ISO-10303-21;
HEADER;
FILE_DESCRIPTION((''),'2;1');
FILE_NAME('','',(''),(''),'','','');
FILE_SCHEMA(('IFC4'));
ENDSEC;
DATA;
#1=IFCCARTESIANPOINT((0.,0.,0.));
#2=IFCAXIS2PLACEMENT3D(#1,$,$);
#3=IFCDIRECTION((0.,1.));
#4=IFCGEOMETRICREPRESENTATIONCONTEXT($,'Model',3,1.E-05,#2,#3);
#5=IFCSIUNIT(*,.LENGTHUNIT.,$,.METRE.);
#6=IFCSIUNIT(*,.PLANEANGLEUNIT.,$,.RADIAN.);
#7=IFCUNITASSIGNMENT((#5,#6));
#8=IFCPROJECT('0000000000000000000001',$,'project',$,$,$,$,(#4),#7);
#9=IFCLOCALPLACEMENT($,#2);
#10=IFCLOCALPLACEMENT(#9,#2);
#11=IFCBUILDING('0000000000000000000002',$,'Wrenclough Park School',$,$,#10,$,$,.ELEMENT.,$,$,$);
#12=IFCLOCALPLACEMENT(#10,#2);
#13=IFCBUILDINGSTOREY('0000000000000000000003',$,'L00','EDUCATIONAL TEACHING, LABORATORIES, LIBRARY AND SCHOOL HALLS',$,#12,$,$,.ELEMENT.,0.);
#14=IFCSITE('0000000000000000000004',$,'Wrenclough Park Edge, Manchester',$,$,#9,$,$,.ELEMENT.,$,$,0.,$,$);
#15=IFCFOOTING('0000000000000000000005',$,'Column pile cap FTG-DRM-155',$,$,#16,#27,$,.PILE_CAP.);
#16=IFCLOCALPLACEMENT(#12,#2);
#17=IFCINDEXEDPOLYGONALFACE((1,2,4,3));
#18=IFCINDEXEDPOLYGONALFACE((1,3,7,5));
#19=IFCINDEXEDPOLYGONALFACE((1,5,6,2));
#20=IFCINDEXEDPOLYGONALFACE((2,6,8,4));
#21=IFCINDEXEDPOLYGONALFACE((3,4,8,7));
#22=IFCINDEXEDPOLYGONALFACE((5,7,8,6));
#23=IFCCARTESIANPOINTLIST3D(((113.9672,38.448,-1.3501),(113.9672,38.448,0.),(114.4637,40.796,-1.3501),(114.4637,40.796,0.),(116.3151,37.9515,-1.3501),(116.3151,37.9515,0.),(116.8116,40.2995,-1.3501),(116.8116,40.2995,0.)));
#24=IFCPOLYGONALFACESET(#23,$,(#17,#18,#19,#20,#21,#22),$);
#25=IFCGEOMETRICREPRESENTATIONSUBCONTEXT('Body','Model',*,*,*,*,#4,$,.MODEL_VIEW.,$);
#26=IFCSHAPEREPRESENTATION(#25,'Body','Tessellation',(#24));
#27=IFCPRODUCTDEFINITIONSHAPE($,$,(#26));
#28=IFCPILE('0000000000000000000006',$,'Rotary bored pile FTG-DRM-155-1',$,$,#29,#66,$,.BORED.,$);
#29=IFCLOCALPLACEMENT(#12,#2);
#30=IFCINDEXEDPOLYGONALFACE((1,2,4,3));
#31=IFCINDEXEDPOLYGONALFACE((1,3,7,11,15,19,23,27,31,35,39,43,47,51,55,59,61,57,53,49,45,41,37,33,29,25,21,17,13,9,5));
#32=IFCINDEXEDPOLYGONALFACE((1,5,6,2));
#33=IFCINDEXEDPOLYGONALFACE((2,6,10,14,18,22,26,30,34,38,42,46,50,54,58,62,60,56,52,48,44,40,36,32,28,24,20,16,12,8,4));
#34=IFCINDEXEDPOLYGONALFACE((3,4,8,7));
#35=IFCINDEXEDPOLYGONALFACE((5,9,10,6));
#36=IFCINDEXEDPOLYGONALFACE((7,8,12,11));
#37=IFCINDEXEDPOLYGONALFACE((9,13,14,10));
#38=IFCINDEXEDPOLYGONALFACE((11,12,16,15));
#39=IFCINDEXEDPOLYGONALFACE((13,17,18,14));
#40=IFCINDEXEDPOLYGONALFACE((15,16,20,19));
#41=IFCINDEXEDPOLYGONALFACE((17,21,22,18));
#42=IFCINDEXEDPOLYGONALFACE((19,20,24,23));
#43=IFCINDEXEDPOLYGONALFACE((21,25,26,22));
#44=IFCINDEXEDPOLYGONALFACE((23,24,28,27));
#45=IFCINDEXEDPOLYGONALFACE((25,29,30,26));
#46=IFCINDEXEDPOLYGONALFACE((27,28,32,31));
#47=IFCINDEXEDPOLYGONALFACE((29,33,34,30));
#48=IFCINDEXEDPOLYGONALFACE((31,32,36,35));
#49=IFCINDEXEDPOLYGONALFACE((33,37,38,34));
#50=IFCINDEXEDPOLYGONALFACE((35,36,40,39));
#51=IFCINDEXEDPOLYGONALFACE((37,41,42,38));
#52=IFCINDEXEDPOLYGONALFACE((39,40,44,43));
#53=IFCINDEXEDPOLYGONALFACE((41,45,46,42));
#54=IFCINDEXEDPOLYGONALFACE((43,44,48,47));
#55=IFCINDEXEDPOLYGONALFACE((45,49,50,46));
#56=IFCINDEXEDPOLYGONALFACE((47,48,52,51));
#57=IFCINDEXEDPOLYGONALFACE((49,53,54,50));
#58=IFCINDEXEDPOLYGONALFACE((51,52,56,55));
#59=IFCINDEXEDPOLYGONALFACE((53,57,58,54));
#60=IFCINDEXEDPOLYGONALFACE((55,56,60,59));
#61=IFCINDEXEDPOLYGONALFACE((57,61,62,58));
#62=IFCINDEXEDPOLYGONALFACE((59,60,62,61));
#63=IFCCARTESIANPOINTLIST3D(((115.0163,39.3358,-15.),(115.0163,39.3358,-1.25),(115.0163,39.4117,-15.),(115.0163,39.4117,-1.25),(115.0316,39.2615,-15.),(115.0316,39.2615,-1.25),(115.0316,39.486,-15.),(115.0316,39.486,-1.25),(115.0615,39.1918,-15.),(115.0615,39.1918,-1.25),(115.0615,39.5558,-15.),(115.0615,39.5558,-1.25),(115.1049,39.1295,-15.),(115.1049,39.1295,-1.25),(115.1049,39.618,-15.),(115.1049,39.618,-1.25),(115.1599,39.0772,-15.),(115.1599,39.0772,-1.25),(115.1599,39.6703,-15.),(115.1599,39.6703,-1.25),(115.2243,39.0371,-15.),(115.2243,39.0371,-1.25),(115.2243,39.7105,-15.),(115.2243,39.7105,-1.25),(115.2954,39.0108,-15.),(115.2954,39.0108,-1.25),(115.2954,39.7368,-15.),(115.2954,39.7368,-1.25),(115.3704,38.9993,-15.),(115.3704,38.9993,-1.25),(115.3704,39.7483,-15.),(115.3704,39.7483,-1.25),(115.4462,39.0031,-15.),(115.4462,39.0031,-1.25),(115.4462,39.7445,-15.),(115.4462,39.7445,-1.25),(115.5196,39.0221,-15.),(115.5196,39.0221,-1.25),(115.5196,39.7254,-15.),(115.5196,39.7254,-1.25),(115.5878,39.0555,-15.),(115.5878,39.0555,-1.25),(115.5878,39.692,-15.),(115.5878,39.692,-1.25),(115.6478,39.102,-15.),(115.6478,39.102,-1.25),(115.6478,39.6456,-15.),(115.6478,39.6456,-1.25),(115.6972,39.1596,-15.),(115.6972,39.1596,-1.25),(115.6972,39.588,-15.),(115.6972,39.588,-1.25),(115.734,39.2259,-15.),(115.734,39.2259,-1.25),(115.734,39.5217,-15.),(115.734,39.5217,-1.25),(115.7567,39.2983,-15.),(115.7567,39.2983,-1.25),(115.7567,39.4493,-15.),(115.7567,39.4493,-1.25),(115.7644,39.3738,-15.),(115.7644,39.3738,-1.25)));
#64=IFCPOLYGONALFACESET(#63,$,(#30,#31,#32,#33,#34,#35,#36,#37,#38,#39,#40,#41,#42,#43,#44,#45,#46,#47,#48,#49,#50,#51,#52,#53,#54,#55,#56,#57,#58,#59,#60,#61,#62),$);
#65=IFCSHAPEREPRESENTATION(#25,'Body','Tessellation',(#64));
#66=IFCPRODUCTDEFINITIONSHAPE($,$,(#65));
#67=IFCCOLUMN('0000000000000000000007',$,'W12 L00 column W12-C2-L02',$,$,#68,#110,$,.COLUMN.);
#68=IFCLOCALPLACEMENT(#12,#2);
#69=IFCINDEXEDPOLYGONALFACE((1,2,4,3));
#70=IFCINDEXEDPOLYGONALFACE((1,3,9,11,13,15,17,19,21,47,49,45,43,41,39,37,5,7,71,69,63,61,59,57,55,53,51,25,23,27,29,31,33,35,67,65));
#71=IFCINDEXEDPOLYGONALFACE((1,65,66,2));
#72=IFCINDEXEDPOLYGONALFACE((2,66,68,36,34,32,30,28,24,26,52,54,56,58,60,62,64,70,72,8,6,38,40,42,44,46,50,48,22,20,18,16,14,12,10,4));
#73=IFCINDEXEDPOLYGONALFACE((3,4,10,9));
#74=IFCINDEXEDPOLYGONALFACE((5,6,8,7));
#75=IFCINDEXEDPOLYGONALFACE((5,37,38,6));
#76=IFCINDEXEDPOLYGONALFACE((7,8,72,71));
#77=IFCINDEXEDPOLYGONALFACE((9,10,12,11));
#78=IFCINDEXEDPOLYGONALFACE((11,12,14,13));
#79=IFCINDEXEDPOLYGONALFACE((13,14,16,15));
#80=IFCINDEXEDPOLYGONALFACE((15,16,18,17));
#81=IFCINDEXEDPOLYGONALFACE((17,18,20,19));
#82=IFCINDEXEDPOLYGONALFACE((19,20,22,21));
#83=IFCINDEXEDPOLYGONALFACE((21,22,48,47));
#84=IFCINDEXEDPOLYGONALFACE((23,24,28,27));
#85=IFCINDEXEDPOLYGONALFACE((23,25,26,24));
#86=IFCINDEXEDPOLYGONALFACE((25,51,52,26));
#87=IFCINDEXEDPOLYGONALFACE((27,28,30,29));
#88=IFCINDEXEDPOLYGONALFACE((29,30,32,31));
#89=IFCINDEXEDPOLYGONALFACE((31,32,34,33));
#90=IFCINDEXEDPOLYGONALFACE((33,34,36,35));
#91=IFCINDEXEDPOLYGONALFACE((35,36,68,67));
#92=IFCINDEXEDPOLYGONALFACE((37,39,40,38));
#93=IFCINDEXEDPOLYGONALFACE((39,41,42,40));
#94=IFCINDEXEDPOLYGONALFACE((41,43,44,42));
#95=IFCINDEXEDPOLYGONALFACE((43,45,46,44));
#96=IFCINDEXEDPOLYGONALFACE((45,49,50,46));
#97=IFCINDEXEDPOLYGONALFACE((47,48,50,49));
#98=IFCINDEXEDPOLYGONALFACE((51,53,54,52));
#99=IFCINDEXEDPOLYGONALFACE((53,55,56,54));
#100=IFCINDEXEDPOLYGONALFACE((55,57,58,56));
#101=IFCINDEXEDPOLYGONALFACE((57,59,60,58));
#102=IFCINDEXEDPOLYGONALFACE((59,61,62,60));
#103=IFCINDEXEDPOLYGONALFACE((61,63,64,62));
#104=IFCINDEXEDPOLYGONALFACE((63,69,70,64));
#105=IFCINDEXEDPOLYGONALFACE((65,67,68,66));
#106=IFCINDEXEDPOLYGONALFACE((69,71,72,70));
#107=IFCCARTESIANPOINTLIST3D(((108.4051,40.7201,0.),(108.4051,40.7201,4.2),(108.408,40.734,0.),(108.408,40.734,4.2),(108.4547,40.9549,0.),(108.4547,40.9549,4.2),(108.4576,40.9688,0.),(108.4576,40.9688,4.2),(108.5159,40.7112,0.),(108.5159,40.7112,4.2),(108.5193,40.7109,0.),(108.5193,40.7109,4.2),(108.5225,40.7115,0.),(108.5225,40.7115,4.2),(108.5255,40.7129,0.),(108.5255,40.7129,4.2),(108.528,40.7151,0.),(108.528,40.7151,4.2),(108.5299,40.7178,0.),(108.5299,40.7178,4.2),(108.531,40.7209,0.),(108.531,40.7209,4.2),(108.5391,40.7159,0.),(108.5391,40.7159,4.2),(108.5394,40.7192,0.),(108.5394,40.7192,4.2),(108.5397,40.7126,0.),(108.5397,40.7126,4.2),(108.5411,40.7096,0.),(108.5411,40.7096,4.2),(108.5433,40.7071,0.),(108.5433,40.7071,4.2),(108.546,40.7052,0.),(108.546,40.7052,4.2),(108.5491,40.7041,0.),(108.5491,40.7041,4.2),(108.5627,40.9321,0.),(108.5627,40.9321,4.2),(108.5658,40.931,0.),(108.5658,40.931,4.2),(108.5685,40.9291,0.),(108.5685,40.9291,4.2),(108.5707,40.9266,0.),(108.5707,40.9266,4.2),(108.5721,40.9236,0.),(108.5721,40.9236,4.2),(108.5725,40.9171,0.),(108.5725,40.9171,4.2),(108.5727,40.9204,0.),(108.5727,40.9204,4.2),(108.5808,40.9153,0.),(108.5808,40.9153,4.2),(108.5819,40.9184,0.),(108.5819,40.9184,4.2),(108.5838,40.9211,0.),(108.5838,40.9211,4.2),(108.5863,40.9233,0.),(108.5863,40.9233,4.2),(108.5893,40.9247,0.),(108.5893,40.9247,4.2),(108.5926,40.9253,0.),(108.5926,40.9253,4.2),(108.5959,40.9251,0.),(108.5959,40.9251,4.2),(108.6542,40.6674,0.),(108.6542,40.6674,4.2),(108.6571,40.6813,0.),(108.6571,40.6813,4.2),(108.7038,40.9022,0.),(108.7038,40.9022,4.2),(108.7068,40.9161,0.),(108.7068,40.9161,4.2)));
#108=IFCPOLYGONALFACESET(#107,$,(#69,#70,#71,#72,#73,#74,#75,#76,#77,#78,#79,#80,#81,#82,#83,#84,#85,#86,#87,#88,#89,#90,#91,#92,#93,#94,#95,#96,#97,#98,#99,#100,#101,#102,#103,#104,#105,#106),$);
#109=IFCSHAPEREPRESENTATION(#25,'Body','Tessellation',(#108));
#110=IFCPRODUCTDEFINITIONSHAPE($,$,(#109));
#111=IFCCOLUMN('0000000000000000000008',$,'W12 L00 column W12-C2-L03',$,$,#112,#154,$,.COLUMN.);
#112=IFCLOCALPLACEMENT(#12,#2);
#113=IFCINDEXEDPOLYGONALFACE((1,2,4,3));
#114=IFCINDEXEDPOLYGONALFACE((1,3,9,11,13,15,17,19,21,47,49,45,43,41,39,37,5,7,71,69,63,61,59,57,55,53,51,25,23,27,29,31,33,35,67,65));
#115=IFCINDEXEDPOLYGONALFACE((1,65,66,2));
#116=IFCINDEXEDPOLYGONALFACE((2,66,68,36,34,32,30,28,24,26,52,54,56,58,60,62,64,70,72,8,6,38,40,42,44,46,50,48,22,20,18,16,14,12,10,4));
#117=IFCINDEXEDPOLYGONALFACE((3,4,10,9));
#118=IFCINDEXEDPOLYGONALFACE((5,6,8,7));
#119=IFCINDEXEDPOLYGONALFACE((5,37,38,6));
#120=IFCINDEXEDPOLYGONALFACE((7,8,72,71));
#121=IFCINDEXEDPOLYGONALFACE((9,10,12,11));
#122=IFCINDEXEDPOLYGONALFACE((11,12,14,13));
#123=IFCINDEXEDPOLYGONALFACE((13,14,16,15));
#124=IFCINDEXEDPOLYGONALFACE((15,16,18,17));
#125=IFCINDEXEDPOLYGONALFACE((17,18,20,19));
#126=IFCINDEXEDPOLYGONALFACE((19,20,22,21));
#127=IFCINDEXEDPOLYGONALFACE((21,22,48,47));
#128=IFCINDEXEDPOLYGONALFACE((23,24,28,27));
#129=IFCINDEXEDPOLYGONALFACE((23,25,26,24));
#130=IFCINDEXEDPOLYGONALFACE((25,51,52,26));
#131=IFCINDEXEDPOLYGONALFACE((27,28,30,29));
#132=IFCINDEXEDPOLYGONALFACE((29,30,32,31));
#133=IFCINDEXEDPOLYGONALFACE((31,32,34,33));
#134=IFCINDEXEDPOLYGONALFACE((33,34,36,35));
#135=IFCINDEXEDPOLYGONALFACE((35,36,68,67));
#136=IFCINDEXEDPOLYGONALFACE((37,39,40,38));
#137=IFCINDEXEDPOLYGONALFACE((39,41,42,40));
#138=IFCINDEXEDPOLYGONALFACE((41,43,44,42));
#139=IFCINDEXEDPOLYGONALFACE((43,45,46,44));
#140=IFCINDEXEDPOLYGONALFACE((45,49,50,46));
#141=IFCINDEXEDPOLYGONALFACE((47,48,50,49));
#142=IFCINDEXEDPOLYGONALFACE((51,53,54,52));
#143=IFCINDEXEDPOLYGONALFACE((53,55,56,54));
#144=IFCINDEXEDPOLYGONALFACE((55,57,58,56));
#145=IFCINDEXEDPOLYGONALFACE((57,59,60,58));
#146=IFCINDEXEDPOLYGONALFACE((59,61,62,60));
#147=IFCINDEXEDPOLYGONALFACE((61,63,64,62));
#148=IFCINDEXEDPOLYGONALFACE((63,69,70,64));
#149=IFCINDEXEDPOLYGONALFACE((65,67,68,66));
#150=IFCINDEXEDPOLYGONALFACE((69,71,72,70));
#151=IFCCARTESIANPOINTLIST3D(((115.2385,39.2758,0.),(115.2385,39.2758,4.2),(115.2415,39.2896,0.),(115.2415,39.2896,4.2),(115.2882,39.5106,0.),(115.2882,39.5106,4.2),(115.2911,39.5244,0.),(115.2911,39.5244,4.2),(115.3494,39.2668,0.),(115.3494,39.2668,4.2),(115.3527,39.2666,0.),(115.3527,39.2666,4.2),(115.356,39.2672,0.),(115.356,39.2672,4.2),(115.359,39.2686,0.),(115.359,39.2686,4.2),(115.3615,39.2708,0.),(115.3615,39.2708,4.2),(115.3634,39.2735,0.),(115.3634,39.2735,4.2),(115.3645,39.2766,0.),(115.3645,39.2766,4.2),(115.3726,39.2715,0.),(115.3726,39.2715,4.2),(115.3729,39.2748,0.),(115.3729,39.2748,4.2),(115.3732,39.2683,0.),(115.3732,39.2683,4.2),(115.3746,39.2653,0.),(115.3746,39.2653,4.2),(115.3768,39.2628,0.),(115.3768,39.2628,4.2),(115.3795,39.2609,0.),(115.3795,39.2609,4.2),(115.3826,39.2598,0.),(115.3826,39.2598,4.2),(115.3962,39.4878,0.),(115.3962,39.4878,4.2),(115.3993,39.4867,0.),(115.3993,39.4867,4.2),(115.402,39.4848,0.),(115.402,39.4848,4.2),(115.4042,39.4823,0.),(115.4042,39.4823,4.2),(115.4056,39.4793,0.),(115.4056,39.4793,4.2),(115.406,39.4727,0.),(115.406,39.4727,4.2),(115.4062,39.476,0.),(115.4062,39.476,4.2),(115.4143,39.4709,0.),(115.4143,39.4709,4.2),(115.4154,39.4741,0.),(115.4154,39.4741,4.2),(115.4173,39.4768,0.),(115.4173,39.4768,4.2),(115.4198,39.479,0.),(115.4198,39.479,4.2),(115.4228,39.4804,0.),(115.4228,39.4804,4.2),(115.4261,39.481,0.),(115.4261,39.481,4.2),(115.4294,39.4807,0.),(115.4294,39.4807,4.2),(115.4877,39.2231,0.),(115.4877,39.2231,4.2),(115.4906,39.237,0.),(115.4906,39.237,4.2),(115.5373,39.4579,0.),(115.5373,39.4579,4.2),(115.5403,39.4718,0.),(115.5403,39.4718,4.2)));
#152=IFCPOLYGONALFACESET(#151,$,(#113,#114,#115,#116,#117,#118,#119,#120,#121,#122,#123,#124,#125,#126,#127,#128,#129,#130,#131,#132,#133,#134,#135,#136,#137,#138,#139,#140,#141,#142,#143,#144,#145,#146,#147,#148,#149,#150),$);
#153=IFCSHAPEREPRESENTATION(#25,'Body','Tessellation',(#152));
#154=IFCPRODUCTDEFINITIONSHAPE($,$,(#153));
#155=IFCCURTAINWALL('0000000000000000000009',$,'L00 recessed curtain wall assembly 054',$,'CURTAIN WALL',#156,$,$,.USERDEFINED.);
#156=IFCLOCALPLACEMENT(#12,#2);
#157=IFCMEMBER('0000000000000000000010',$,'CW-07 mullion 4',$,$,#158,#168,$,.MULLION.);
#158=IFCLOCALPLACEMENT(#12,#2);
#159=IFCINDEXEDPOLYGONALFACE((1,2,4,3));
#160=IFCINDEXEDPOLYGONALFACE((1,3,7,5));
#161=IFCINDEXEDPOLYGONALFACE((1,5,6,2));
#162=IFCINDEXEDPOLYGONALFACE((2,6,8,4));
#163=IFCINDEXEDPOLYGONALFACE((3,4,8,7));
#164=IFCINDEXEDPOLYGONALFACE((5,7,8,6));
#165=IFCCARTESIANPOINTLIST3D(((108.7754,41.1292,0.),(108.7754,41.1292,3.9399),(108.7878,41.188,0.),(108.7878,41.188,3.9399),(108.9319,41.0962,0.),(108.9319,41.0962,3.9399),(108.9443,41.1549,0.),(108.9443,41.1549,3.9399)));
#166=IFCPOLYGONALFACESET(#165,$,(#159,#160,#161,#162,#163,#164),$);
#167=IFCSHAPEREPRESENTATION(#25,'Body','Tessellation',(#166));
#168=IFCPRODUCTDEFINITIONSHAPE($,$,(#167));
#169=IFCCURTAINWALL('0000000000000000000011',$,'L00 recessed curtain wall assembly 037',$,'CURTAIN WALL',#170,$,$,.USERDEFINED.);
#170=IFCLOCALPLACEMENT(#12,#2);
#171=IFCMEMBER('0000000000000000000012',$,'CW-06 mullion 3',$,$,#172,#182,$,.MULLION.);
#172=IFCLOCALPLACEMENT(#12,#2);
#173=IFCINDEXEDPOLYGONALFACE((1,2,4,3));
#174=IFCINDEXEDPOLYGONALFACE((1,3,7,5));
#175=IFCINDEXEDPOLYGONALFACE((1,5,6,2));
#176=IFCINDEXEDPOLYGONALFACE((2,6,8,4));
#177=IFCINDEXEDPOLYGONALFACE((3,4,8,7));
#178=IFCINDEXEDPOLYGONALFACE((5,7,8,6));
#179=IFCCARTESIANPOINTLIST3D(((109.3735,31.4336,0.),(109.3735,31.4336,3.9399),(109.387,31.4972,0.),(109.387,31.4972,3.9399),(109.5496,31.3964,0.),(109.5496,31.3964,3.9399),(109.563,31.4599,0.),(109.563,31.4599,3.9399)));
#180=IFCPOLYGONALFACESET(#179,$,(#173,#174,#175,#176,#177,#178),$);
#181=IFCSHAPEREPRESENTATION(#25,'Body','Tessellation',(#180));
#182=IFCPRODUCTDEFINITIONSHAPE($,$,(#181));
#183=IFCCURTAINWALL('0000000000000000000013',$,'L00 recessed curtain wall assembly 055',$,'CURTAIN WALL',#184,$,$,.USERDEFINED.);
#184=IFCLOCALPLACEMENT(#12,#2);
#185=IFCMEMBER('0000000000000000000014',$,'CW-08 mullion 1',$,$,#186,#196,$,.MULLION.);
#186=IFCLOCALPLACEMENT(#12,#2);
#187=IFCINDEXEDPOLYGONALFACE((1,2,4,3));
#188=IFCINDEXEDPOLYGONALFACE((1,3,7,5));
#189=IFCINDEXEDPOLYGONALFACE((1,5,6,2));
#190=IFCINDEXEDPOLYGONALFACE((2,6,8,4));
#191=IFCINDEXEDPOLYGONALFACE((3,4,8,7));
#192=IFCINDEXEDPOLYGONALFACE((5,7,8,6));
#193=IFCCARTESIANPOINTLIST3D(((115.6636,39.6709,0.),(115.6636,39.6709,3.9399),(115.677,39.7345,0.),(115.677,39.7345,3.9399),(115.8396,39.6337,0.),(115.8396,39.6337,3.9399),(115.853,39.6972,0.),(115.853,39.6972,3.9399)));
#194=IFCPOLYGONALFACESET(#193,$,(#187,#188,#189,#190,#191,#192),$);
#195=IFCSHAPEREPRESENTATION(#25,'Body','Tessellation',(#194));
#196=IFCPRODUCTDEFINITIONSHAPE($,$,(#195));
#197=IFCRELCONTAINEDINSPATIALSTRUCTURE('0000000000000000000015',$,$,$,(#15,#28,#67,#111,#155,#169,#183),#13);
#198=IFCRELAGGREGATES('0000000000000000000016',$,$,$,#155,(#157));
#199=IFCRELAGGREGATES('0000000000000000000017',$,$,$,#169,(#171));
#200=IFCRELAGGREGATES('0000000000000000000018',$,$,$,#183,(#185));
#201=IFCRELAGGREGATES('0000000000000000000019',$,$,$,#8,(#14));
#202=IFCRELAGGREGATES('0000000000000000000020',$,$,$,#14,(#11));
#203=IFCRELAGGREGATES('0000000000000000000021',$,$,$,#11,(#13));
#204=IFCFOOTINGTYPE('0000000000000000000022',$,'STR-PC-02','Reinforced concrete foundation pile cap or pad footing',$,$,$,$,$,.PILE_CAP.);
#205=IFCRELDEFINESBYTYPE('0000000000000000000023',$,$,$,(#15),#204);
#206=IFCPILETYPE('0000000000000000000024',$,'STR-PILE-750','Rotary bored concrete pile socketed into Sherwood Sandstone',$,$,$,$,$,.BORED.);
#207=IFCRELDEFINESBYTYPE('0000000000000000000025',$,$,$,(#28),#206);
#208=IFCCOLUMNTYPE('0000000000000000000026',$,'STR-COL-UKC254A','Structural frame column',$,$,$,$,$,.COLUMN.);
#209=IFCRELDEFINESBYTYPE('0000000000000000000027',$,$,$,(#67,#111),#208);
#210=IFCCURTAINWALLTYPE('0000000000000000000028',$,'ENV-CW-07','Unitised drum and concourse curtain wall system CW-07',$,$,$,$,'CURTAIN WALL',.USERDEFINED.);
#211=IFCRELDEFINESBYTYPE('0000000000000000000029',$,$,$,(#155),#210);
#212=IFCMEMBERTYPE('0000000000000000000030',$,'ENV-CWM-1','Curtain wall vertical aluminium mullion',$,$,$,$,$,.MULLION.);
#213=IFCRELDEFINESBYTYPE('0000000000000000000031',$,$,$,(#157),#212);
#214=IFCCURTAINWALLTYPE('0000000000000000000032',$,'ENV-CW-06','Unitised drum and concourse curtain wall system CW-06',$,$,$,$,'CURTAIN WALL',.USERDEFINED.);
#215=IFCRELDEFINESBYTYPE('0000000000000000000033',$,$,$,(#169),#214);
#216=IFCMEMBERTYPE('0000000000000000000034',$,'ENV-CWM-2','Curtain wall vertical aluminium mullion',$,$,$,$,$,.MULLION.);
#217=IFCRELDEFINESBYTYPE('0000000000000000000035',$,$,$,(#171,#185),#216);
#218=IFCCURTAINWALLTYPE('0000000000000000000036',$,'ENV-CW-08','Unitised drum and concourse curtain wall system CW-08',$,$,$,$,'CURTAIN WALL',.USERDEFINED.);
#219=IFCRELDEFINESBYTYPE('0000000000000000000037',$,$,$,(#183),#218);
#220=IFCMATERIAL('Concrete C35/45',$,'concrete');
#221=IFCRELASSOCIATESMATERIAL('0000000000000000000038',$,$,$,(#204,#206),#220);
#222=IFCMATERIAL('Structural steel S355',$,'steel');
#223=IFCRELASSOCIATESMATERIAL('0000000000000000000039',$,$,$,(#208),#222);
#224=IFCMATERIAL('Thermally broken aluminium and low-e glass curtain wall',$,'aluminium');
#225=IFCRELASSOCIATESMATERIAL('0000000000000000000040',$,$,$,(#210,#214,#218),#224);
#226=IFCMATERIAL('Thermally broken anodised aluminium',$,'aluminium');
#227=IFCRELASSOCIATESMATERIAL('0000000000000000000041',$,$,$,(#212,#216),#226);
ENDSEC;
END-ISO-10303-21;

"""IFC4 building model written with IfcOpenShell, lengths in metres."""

from ifc_helpers import new_model, si_unit, direction, frame, origin, origin_2d, place, context, subcontext, project, spatial, rectangle, circle, i_section, extrude, material, material_profile, profile_set, type_object, element, aggregate, save


model = new_model("IFC4")

# Units and contexts
model_context = context("Model", 3, precision=1e-05, world=origin(), true_north=direction((0.0, 1.0)))
body_context = subcontext(model_context, "Body", "Model", "MODEL_VIEW")
ifc_project = project(units=[si_unit("LENGTHUNIT", "METRE"), si_unit("PLANEANGLEUNIT", "RADIAN")], contexts=[model_context])

# Site, building, storey
site_placement = place(None, origin())
site = spatial("IfcSite", under=ifc_project, at=site_placement, Name="Wrenclough Park Edge, Manchester", CompositionType="ELEMENT", RefElevation=0.0)
building_placement = place(site_placement, origin())
building = spatial("IfcBuilding", under=site, at=building_placement, Name="Wrenclough Park School", CompositionType="ELEMENT")
storey_placement = place(building_placement, origin())
storey = spatial("IfcBuildingStorey", under=building, at=storey_placement, Name="L00", Description="EDUCATIONAL TEACHING, LABORATORIES, LIBRARY AND SCHOOL HALLS", CompositionType="ELEMENT", Elevation=0.0)

# Footing
ifc_material_1 = material(Name="Concrete C35/45", Category="concrete")
footing_type = type_object("IfcFootingType", Name="STR-PC-02", Description="Reinforced concrete foundation pile cap or pad footing", PredefinedType="PILE_CAP", material=ifc_material_1)
footing_placement = place(storey_placement, frame((115.3894, 39.3738, -1.3501), z_axis=(0.0, 0.0, 1.0), x_axis=(0.978365, -0.206887, 0.0)))
element("IfcFooting", 1, at=footing_placement, inside=storey, type_object=footing_type, Name="Column pile cap FTG-DRM-155", PredefinedType="PILE_CAP", context=body_context, shape_type="SweptSolid", body=[
    extrude(rectangle(XDim=2.3999, YDim=2.3999, at=origin_2d()), origin(), (0.0, 0.0, 1.0), 1.3501),
])

# Pile
ifc_material_profile_1 = material_profile(ifc_material_1, circle(Radius=0.375, at=origin_2d()), Name="BORED PILE D750")
ifc_profile_set_1 = profile_set([ifc_material_profile_1], Name="Concrete C35/45")
pile_type = type_object("IfcPileType", Name="STR-PILE-750", Description="Rotary bored concrete pile socketed into Sherwood Sandstone", PredefinedType="BORED", material=ifc_profile_set_1)
pile_placement = place(storey_placement, frame((115.3894, 39.3738, -1.25), z_axis=(0.0, 0.0, -1.0), x_axis=(1.0, 0.0, 0.0)))
element("IfcPile", 2, at=pile_placement, inside=storey, type_object=pile_type, Name="Rotary bored pile FTG-DRM-155-1", PredefinedType="BORED", context=body_context, shape_type="SweptSolid", body=[
    extrude(circle(Radius=0.375, at=origin_2d()), origin(), (0.0, 0.0, 1.0), 13.75),
])

# Columns
ifc_material_2 = material(Name="Structural steel S355", Category="steel")
ifc_material_profile_2 = material_profile(ifc_material_2, i_section(OverallWidth=0.2546, OverallDepth=0.2542, WebThickness=0.0085, FlangeThickness=0.0142, FilletRadius=0.0127, at=origin_2d()), Name="UKC 254x254x73")
ifc_profile_set_2 = profile_set([ifc_material_profile_2], Name="Structural steel S355")
column_type = type_object("IfcColumnType", Name="STR-COL-UKC254A", Description="Structural frame column", PredefinedType="COLUMN", material=ifc_profile_set_2)
for number, where, z_axis, x_axis, name in (
    (3, (108.5559, 40.8181, 0.0), (0.0, 0.0, 1.0), (0.978365, -0.206887, 0.0), "W12 L00 column W12-C2-L02"),
    (4, (115.3894, 39.3738, 0.0), (0.0, 0.0, 1.0), (0.978365, -0.206887, 0.0), "W12 L00 column W12-C2-L03"),
):
    element("IfcColumn", number, at=place(storey_placement, frame(where, z_axis=z_axis, x_axis=x_axis)), inside=storey, type_object=column_type, Name=name, PredefinedType="COLUMN", context=body_context, shape_type="SweptSolid", body=[
        extrude(i_section(OverallWidth=0.2546, OverallDepth=0.2542, WebThickness=0.0085, FlangeThickness=0.0142, FilletRadius=0.0127, at=origin_2d()), origin(), (0.0, 0.0, 1.0), 4.2),
    ])

# Curtain walls, members
ifc_material_3 = material(Name="Thermally broken aluminium and low-e glass curtain wall", Category="aluminium")
curtain_wall_type_1 = type_object("IfcCurtainWallType", Name="ENV-CW-07", Description="Unitised drum and concourse curtain wall system CW-07", ElementType="CURTAIN WALL", PredefinedType="USERDEFINED", material=ifc_material_3)
curtain_wall_1_placement = place(storey_placement, origin())
curtain_wall_1 = element("IfcCurtainWall", 5, at=curtain_wall_1_placement, inside=storey, type_object=curtain_wall_type_1, Name="L00 recessed curtain wall assembly 054", ObjectType="CURTAIN WALL", PredefinedType="USERDEFINED")
ifc_material_4 = material(Name="Thermally broken anodised aluminium", Category="aluminium")
ifc_material_profile_3 = material_profile(ifc_material_4, rectangle(XDim=0.0601, YDim=0.1599, at=origin_2d()), Name="AL MULLION 60x160")
ifc_profile_set_3 = profile_set([ifc_material_profile_3], Name="Thermally broken anodised aluminium")
member_type_1 = type_object("IfcMemberType", Name="ENV-CWM-1", Description="Curtain wall vertical aluminium mullion", PredefinedType="MULLION", material=ifc_profile_set_3)
member_1_placement = place(storey_placement, frame((108.8599, 41.1421, 0.0), z_axis=(0.0, 0.0, 1.0), x_axis=(0.20682, 0.978379, 0.0)))
member_1 = element("IfcMember", 6, at=member_1_placement, type_object=member_type_1, Name="CW-07 mullion 4", PredefinedType="MULLION", context=body_context, shape_type="SweptSolid", body=[
    extrude(rectangle(XDim=0.0601, YDim=0.1599, at=origin_2d()), origin(), (0.0, 0.0, 1.0), 3.9399),
])
aggregate(curtain_wall_1, [member_1])
curtain_wall_type_2 = type_object("IfcCurtainWallType", Name="ENV-CW-06", Description="Unitised drum and concourse curtain wall system CW-06", ElementType="CURTAIN WALL", PredefinedType="USERDEFINED", material=ifc_material_3)
curtain_wall_2_placement = place(storey_placement, origin())
curtain_wall_2 = element("IfcCurtainWall", 7, at=curtain_wall_2_placement, inside=storey, type_object=curtain_wall_type_2, Name="L00 recessed curtain wall assembly 037", ObjectType="CURTAIN WALL", PredefinedType="USERDEFINED")
ifc_material_profile_4 = material_profile(ifc_material_4, rectangle(XDim=0.0649, YDim=0.1799, at=origin_2d()), Name="AL MULLION 65x180")
ifc_profile_set_4 = profile_set([ifc_material_profile_4], Name="Thermally broken anodised aluminium")
member_type_2 = type_object("IfcMemberType", Name="ENV-CWM-2", Description="Curtain wall vertical aluminium mullion", PredefinedType="MULLION", material=ifc_profile_set_4)
member_2_placement = place(storey_placement, frame((109.4683, 31.4468, 0.0), z_axis=(0.0, 0.0, 1.0), x_axis=(-0.206818, -0.978379, 0.0)))
member_2 = element("IfcMember", 8, at=member_2_placement, type_object=member_type_2, Name="CW-06 mullion 3", PredefinedType="MULLION", context=body_context, shape_type="SweptSolid", body=[
    extrude(rectangle(XDim=0.0649, YDim=0.1799, at=origin_2d()), origin(), (0.0, 0.0, 1.0), 3.9399),
])

# Curtain wall, member
curtain_wall_type_3 = type_object("IfcCurtainWallType", Name="ENV-CW-08", Description="Unitised drum and concourse curtain wall system CW-08", ElementType="CURTAIN WALL", PredefinedType="USERDEFINED", material=ifc_material_3)
curtain_wall_3_placement = place(storey_placement, origin())
curtain_wall_3 = element("IfcCurtainWall", 9, at=curtain_wall_3_placement, inside=storey, type_object=curtain_wall_type_3, Name="L00 recessed curtain wall assembly 055", ObjectType="CURTAIN WALL", PredefinedType="USERDEFINED")
member_3_placement = place(storey_placement, frame((115.7583, 39.6841, 0.0), z_axis=(0.0, 0.0, 1.0), x_axis=(0.206806, 0.978382, 0.0)))
member_3 = element("IfcMember", 10, at=member_3_placement, type_object=member_type_2, Name="CW-08 mullion 1", PredefinedType="MULLION", context=body_context, shape_type="SweptSolid", body=[
    extrude(rectangle(XDim=0.0649, YDim=0.1799, at=origin_2d()), origin(), (0.0, 0.0, 1.0), 3.9399),
])

aggregate(curtain_wall_2, [member_2])
aggregate(curtain_wall_3, [member_3])

save(model, "model.ifc")
